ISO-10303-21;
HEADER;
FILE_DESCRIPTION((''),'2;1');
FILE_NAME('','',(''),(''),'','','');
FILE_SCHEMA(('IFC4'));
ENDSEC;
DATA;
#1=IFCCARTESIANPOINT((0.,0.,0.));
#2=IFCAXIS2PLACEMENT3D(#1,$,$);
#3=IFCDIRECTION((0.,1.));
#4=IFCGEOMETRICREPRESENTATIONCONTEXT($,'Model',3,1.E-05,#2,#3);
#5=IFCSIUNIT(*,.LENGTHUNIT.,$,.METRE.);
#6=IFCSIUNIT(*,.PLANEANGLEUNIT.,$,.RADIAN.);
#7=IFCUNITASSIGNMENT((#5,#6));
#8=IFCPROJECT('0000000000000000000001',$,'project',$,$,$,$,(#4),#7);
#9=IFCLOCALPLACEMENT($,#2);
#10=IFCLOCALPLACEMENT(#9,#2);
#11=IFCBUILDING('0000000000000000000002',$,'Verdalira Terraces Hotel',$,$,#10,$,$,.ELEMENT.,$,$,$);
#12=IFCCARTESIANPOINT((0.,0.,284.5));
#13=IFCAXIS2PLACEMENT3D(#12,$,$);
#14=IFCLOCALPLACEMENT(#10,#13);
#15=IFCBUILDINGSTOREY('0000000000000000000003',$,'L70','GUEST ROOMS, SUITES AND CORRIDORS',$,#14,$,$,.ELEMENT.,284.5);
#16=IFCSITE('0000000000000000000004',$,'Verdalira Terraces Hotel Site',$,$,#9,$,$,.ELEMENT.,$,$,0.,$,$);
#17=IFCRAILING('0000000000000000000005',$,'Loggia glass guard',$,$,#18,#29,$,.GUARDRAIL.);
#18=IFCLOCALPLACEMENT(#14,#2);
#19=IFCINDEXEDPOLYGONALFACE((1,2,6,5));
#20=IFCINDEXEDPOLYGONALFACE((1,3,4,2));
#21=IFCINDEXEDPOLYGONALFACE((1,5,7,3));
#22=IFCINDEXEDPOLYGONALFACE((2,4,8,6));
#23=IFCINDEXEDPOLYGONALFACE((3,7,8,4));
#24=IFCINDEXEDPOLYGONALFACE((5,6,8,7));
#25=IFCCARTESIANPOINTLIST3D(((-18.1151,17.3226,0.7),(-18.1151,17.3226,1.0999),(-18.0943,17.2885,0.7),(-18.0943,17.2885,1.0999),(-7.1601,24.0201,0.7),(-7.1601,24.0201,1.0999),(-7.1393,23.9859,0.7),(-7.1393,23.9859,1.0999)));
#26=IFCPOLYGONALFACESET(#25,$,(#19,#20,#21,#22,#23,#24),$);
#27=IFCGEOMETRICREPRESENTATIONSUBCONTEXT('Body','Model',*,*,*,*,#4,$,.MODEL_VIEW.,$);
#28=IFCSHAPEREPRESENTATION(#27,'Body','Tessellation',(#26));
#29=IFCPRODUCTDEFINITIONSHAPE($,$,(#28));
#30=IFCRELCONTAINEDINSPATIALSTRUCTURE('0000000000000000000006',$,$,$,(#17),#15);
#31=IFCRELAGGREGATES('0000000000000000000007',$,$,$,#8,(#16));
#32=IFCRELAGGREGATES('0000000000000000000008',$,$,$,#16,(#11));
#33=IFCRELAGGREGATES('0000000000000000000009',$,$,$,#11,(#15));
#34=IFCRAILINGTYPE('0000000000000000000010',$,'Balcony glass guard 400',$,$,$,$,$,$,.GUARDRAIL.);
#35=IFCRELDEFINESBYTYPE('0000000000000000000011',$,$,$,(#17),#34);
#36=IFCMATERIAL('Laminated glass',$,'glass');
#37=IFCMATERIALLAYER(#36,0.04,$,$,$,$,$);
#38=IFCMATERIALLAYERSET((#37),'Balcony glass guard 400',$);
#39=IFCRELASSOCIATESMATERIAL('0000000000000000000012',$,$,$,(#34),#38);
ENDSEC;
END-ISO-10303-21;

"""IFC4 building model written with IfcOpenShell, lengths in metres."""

from ifc_helpers import new_model, si_unit, direction, frame, origin, origin_2d, place, context, subcontext, project, spatial, rectangle, extrude, material, layer, layer_set, type_object, element, save


model = new_model("IFC4")

# Units and contexts
model_context = context("Model", 3, precision=1e-05, world=origin(), true_north=direction((0.0, 1.0)))
body_context = subcontext(model_context, "Body", "Model", "MODEL_VIEW")
ifc_project = project(units=[si_unit("LENGTHUNIT", "METRE"), si_unit("PLANEANGLEUNIT", "RADIAN")], contexts=[model_context])

# Site, building, storey
site_placement = place(None, origin())
site = spatial("IfcSite", under=ifc_project, at=site_placement, Name="Verdalira Terraces Hotel Site", CompositionType="ELEMENT", RefElevation=0.0)
building_placement = place(site_placement, origin())
building = spatial("IfcBuilding", under=site, at=building_placement, Name="Verdalira Terraces Hotel", CompositionType="ELEMENT")
storey_placement = place(building_placement, frame((0.0, 0.0, 284.5)))
storey = spatial("IfcBuildingStorey", under=building, at=storey_placement, Name="L70", Description="GUEST ROOMS, SUITES AND CORRIDORS", CompositionType="ELEMENT", Elevation=284.5)

# Railing
ifc_material_1 = material(Name="Laminated glass", Category="glass")
ifc_layer_1 = layer(ifc_material_1, 0.04)
ifc_layer_set_1 = layer_set([ifc_layer_1], Name="Balcony glass guard 400")
railing_type = type_object("IfcRailingType", Name="Balcony glass guard 400", PredefinedType="GUARDRAIL", material=ifc_layer_set_1)
railing_placement = place(storey_placement, frame((-12.6272, 20.6543, 0.7), z_axis=(0.0, 0.0, 1.0), x_axis=(-0.853187, -0.521605, 0.0)))
element("IfcRailing", 1, at=railing_placement, inside=storey, type_object=railing_type, Name="Loggia glass guard", PredefinedType="GUARDRAIL", context=body_context, shape_type="SweptSolid", body=[
    extrude(rectangle(XDim=12.8401, YDim=0.04, at=origin_2d()), origin(), (0.0, 0.0, 1.0), 0.3999),
])

save(model, "model.ifc")
